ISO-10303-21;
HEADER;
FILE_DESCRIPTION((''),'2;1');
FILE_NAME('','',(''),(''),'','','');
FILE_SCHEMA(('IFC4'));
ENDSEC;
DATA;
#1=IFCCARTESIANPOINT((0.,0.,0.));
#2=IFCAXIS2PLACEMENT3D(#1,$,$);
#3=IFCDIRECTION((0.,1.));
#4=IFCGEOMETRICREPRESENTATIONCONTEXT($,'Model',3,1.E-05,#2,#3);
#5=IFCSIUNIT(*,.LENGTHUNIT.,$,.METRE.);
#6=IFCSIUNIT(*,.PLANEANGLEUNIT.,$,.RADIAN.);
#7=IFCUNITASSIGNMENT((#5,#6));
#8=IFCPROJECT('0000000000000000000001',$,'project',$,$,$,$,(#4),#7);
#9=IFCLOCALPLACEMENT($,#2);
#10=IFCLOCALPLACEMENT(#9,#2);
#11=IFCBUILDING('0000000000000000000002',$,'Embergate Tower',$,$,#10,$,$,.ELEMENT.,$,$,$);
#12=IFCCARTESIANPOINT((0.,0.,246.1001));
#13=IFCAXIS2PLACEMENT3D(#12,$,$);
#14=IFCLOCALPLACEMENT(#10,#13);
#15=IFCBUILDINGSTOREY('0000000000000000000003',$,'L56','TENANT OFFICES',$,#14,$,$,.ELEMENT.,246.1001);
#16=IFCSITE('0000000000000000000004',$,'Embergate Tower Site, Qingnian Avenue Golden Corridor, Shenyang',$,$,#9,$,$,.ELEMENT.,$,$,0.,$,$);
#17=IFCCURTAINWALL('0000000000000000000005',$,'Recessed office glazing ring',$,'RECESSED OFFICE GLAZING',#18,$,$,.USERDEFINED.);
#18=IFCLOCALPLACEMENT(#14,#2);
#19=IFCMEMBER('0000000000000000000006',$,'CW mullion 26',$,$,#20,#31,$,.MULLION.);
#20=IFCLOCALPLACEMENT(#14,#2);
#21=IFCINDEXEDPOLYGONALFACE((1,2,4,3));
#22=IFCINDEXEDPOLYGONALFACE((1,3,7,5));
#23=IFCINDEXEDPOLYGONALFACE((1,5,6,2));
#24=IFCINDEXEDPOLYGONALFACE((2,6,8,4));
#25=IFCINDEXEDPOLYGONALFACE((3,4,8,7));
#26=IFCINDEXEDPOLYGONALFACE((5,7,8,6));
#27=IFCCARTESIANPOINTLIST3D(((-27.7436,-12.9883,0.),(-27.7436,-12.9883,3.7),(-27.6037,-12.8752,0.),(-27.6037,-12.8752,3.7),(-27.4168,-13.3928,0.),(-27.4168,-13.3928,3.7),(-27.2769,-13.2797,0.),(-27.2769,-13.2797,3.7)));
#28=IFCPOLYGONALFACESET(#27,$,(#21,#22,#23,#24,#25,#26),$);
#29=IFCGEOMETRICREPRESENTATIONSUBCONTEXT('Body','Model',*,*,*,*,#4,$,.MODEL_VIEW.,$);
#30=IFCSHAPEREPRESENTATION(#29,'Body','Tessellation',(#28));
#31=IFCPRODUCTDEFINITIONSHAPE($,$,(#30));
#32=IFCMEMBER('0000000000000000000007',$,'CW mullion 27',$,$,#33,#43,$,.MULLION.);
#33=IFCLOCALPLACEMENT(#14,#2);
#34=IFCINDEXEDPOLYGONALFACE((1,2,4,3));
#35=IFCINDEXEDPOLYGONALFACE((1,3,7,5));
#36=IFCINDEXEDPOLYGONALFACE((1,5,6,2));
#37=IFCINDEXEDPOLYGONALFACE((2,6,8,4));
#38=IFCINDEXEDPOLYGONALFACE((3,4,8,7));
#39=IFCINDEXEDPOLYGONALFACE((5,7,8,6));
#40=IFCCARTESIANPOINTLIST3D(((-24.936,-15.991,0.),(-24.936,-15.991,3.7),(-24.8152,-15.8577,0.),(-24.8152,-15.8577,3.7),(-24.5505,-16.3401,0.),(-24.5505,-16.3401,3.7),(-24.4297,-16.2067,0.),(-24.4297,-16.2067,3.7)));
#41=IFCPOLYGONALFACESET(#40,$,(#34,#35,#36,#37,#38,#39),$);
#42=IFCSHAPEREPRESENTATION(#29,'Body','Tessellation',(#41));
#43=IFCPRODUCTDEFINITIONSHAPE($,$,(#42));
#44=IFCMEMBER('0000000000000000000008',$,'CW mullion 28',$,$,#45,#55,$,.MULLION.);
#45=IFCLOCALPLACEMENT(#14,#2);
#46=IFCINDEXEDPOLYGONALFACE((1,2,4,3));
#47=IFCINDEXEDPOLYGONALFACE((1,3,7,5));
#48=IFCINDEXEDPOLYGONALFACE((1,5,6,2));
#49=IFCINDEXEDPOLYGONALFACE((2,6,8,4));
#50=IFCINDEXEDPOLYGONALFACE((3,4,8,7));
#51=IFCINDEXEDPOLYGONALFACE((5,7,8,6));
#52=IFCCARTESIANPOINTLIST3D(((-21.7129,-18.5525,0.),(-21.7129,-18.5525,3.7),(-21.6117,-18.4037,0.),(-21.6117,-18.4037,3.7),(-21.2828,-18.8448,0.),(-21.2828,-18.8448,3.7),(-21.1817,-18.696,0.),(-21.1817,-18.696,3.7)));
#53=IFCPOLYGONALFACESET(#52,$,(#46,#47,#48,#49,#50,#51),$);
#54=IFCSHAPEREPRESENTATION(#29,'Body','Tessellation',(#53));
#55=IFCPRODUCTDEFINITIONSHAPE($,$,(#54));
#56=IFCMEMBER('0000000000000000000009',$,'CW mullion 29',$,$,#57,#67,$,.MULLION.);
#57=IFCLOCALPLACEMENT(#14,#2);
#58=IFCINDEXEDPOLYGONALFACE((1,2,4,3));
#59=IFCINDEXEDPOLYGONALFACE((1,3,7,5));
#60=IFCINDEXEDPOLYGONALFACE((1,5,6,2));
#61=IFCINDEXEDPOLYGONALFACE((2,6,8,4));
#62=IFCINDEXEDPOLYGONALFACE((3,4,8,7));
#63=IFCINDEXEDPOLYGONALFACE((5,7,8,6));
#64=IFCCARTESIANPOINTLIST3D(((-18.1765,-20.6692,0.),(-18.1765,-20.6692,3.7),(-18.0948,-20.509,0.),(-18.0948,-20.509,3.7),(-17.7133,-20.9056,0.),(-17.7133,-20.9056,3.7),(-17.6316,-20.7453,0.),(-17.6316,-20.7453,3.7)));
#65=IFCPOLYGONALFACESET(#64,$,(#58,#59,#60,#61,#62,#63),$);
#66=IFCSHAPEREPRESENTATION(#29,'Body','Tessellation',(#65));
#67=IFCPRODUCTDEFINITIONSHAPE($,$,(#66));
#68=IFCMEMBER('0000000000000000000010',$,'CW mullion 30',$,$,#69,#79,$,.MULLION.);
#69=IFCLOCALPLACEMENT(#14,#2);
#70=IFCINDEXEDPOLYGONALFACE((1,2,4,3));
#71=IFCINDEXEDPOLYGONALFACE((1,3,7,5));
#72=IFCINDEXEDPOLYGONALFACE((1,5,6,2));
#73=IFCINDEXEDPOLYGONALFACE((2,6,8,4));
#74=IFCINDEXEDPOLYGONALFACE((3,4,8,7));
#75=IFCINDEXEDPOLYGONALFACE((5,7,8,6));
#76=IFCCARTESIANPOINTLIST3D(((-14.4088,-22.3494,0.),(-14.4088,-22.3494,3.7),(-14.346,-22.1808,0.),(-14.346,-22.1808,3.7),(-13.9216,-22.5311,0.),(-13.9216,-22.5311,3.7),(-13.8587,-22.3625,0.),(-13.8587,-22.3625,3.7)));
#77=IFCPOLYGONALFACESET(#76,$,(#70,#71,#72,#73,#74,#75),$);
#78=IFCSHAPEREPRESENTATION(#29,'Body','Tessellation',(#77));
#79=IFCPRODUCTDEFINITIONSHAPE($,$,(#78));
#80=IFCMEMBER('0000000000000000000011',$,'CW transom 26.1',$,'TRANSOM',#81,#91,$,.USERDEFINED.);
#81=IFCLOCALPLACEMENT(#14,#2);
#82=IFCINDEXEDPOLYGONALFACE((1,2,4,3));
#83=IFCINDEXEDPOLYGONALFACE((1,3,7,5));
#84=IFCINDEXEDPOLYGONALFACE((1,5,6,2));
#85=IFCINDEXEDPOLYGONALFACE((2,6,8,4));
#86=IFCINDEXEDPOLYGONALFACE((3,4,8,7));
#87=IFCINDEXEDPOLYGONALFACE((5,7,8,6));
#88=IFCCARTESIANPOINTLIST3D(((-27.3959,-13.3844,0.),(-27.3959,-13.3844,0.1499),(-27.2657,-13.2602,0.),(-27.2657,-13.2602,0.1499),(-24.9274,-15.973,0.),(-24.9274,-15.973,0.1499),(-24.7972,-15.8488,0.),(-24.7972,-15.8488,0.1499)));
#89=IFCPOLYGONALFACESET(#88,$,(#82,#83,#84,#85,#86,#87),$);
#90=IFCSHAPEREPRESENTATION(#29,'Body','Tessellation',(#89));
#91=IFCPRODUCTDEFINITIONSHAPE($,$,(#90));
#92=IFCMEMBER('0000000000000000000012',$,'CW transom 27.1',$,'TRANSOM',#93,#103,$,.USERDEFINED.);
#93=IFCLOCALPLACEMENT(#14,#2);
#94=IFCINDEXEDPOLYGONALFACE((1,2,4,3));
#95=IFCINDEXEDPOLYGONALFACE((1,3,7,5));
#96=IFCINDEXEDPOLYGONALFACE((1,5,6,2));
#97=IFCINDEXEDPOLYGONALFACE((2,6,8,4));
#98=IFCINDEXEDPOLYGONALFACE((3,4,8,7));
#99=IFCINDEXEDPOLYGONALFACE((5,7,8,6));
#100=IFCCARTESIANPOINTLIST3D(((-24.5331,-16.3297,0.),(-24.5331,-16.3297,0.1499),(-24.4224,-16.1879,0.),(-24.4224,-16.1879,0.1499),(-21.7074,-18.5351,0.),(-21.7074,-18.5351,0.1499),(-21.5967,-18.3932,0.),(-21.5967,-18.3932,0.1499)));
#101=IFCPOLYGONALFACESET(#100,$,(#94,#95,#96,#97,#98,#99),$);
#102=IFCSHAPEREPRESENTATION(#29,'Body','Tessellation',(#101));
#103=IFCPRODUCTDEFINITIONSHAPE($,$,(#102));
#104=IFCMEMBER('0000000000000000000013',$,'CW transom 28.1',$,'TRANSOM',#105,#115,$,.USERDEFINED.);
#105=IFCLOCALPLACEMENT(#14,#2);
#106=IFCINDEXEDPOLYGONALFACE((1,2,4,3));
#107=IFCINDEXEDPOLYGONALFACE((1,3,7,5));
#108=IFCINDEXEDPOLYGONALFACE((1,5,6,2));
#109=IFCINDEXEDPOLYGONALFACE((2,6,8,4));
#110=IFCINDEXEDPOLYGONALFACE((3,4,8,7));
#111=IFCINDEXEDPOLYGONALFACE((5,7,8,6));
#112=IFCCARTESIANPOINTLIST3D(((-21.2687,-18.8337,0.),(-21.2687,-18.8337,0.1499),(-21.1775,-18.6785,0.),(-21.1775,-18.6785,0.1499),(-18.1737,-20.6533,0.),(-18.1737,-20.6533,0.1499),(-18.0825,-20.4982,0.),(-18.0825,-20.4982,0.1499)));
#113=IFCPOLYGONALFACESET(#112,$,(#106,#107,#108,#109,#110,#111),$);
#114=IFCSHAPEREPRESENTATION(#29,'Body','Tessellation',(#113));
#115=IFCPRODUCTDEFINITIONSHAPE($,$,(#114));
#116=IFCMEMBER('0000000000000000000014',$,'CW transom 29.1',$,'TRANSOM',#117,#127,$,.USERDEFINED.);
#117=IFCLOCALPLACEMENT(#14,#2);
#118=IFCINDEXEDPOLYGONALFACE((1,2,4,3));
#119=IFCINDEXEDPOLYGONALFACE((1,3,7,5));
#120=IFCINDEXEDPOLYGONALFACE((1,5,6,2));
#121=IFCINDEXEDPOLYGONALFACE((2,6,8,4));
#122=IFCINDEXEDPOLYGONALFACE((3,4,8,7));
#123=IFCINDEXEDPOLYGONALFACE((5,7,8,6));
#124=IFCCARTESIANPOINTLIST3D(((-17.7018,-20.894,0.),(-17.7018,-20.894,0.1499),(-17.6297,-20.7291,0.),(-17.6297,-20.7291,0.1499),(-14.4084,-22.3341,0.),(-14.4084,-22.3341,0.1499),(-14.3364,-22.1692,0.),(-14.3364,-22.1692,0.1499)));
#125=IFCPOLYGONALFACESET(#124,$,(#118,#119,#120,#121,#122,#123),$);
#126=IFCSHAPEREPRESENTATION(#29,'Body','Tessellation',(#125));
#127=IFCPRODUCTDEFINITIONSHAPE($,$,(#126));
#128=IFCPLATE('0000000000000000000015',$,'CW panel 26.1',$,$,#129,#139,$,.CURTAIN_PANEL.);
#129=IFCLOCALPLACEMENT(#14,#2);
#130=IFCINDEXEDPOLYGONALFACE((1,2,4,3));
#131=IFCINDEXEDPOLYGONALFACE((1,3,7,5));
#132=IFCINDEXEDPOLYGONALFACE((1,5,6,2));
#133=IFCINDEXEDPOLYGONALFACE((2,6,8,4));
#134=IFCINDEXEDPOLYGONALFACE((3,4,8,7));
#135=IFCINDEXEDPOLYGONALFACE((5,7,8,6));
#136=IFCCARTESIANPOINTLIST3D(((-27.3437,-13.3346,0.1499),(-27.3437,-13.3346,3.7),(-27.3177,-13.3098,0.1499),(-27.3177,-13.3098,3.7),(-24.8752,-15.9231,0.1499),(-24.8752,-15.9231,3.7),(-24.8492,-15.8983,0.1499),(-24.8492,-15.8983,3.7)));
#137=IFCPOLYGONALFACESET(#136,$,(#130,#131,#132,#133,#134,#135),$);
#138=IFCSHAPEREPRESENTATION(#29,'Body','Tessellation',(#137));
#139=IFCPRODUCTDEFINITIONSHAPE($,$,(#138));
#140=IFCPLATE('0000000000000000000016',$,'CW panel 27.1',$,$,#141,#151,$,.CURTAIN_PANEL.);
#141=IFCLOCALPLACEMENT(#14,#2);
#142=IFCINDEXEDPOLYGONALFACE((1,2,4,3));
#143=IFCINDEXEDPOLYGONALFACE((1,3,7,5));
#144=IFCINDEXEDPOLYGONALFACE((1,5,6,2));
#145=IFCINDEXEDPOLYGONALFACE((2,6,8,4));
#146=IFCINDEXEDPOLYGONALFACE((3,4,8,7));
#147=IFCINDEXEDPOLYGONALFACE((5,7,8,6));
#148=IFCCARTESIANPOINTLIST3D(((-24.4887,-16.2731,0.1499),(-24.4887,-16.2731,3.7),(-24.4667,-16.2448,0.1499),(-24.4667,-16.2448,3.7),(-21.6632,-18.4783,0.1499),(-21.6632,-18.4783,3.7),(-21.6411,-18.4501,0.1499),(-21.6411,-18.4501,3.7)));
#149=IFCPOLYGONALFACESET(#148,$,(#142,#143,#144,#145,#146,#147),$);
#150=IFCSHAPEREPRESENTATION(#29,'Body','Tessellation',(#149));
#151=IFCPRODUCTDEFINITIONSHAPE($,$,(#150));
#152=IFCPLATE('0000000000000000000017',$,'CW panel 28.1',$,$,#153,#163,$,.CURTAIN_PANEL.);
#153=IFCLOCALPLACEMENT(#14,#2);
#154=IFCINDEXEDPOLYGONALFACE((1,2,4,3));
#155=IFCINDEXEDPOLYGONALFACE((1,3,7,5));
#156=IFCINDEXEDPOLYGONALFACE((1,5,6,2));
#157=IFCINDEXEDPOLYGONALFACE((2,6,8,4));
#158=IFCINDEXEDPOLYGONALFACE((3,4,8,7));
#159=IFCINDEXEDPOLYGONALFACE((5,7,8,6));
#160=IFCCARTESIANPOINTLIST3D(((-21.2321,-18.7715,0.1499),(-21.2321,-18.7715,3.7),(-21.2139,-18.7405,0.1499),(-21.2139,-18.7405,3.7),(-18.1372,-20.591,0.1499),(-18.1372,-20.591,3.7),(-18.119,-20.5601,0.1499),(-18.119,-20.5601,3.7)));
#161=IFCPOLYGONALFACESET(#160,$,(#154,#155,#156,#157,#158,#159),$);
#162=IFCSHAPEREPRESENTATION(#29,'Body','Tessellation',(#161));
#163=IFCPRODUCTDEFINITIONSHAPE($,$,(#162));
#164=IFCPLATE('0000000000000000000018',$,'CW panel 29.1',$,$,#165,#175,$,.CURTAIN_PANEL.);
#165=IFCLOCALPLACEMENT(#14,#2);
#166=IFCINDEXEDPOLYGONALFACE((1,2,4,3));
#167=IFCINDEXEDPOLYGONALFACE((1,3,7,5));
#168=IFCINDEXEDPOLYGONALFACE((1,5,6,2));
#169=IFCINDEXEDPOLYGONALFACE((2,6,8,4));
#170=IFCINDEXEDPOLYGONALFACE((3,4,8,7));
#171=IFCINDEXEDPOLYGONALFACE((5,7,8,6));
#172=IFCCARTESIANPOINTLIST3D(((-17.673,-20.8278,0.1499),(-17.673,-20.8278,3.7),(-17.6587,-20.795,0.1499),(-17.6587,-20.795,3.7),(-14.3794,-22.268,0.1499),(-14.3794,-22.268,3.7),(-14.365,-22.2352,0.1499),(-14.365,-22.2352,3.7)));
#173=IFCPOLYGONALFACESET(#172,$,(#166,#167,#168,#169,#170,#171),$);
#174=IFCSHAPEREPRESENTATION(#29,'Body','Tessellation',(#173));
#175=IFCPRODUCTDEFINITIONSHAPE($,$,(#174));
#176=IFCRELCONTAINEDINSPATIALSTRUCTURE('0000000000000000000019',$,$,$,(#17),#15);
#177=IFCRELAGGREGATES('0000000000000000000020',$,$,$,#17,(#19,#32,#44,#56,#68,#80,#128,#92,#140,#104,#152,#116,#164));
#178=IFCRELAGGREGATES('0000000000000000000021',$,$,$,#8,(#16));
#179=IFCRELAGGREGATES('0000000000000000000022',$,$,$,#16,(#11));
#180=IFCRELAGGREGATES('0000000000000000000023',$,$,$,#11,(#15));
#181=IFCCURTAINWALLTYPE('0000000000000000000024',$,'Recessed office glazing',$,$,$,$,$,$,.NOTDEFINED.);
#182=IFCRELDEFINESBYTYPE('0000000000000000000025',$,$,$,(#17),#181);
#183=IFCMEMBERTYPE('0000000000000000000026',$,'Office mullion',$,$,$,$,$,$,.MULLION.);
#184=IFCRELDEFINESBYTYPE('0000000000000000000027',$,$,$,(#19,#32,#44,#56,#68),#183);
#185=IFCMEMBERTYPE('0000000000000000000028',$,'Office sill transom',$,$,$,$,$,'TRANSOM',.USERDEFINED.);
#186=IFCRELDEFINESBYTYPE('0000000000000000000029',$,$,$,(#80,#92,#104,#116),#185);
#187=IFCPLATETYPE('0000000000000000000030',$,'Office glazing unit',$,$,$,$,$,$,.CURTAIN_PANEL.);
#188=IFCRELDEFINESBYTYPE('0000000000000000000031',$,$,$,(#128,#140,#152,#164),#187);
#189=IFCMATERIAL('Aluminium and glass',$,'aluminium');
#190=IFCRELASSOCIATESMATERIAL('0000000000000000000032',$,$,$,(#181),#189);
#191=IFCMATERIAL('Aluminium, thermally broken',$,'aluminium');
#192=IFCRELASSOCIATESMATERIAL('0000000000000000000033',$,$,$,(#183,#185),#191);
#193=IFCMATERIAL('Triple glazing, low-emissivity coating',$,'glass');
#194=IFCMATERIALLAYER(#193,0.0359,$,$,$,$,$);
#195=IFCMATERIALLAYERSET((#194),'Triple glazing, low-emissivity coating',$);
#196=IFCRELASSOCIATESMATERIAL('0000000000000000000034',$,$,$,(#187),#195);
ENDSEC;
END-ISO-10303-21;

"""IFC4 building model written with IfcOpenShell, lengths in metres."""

from ifc_helpers import new_model, si_unit, direction, frame, origin, origin_2d, place, context, subcontext, project, spatial, rectangle, extrude, source, transform, mapped, material, layer, layer_set, material_profile, profile_set, type_object, element, aggregate, save


model = new_model("IFC4")

# Units and contexts
model_context = context("Model", 3, precision=1e-05, world=origin(), true_north=direction((0.0, 1.0)))
body_context = subcontext(model_context, "Body", "Model", "MODEL_VIEW")
ifc_project = project(units=[si_unit("LENGTHUNIT", "METRE"), si_unit("PLANEANGLEUNIT", "RADIAN")], contexts=[model_context])

# Site, building, storey
site_placement = place(None, origin())
site = spatial("IfcSite", under=ifc_project, at=site_placement, Name="Embergate Tower Site, Qingnian Avenue Golden Corridor, Shenyang", CompositionType="ELEMENT", RefElevation=0.0)
building_placement = place(site_placement, origin())
building = spatial("IfcBuilding", under=site, at=building_placement, Name="Embergate Tower", CompositionType="ELEMENT")
storey_placement = place(building_placement, frame((0.0, 0.0, 246.1001)))
storey = spatial("IfcBuildingStorey", under=building, at=storey_placement, Name="L56", Description="TENANT OFFICES", CompositionType="ELEMENT", Elevation=246.1001)

# Curtain wall, members, plates
ifc_material_1 = material(Name="Aluminium and glass", Category="aluminium")
curtain_wall_type = type_object("IfcCurtainWallType", Name="Recessed office glazing", PredefinedType="NOTDEFINED", material=ifc_material_1)
curtain_wall_placement = place(storey_placement, origin())
curtain_wall = element("IfcCurtainWall", 1, at=curtain_wall_placement, inside=storey, type_object=curtain_wall_type, Name="Recessed office glazing ring", ObjectType="RECESSED OFFICE GLAZING", PredefinedType="USERDEFINED")
ifc_material_2 = material(Name="Aluminium, thermally broken", Category="aluminium")
ifc_material_profile_1 = material_profile(ifc_material_2, rectangle(XDim=0.1799, YDim=0.52, at=origin_2d()), Name="AL 520x180")
ifc_profile_set_1 = profile_set([ifc_material_profile_1], Name="Aluminium, thermally broken")
member_type_1 = type_object("IfcMemberType", Name="Office mullion", PredefinedType="MULLION", material=ifc_profile_set_1)
shared_shape_1 = source(origin(), body_context, "Body", "SweptSolid", [
    extrude(rectangle(XDim=0.1799, YDim=0.52, at=origin_2d()), origin(), (0.0, 0.0, 1.0), 3.7),
])
member_1_placement = place(storey_placement, frame((-27.5103, -13.134, 0.0), z_axis=(0.0, 0.0, 1.0), x_axis=(0.777868, 0.628427, 0.0)))
member_1 = element("IfcMember", 2, at=member_1_placement, type_object=member_type_1, Name="CW mullion 26", PredefinedType="MULLION", context=body_context, shape_type="MappedRepresentation", body=[
    mapped(shared_shape_1, transform((0.0, 0.0, 0.0))),
])
member_2_placement = place(storey_placement, frame((-24.6829, -16.0989, 0.0), z_axis=(0.0, 0.0, 1.0), x_axis=(0.671224, 0.741255, 0.0)))
member_2 = element("IfcMember", 3, at=member_2_placement, type_object=member_type_1, Name="CW mullion 27", PredefinedType="MULLION", context=body_context, shape_type="MappedRepresentation", body=[
    mapped(shared_shape_1, transform((0.0, 0.0, 0.0))),
])
member_3_placement = place(storey_placement, frame((-21.4473, -18.6243, 0.0), z_axis=(0.0, 0.0, 1.0), x_axis=(0.562215, 0.826991, 0.0)))
member_3 = element("IfcMember", 4, at=member_3_placement, type_object=member_type_1, Name="CW mullion 28", PredefinedType="MULLION", context=body_context, shape_type="MappedRepresentation", body=[
    mapped(shared_shape_1, transform((0.0, 0.0, 0.0))),
])
member_4_placement = place(storey_placement, frame((-17.9041, -20.7073, 0.0), z_axis=(0.0, 0.0, 1.0), x_axis=(0.45451, 0.890742, 0.0)))
member_4 = element("IfcMember", 5, at=member_4_placement, type_object=member_type_1, Name="CW mullion 29", PredefinedType="MULLION", context=body_context, shape_type="MappedRepresentation", body=[
    mapped(shared_shape_1, transform((0.0, 0.0, 0.0))),
])
member_5_placement = place(storey_placement, frame((-14.1338, -22.356, 0.0), z_axis=(0.0, 0.0, 1.0), x_axis=(0.349503, 0.936935, 0.0)))
member_5 = element("IfcMember", 6, at=member_5_placement, type_object=member_type_1, Name="CW mullion 30", PredefinedType="MULLION", context=body_context, shape_type="MappedRepresentation", body=[
    mapped(shared_shape_1, transform((0.0, 0.0, 0.0))),
])
ifc_material_profile_2 = material_profile(ifc_material_2, rectangle(XDim=0.1799, YDim=0.1499, at=origin_2d()), Name="AL 150x180")
ifc_profile_set_2 = profile_set([ifc_material_profile_2], Name="Aluminium, thermally broken")
member_type_2 = type_object("IfcMemberType", Name="Office sill transom", ElementType="TRANSOM", PredefinedType="USERDEFINED", material=ifc_profile_set_2)
shared_shape_2 = source(origin(), body_context, "Body", "SweptSolid", [
    extrude(rectangle(XDim=0.1799, YDim=0.1499, at=origin_2d()), origin(), (0.0, 0.0, 1.0), 3.5769),
])
member_6_placement = place(storey_placement, frame((-27.3308, -13.3223, 0.075), z_axis=(0.690117, -0.723698, 0.0), x_axis=(0.723698, 0.690117, 0.0)))
member_6 = element("IfcMember", 7, at=member_6_placement, type_object=member_type_2, Name="CW transom 26.1", ObjectType="TRANSOM", PredefinedType="USERDEFINED", context=body_context, shape_type="MappedRepresentation", body=[
    mapped(shared_shape_2, transform((0.0, 0.0, 0.0))),
])
shared_shape_3 = source(origin(), body_context, "Body", "SweptSolid", [
    extrude(rectangle(XDim=0.1799, YDim=0.1499, at=origin_2d()), origin(), (0.0, 0.0, 1.0), 3.5845),
])
member_7_placement = place(storey_placement, frame((-24.4778, -16.2588, 0.075), z_axis=(0.788328, -0.615255, 0.0), x_axis=(0.615255, 0.788328, 0.0)))
member_7 = element("IfcMember", 8, at=member_7_placement, type_object=member_type_2, Name="CW transom 27.1", ObjectType="TRANSOM", PredefinedType="USERDEFINED", context=body_context, shape_type="MappedRepresentation", body=[
    mapped(shared_shape_3, transform((0.0, 0.0, 0.0))),
])
shared_shape_4 = source(origin(), body_context, "Body", "SweptSolid", [
    extrude(rectangle(XDim=0.1799, YDim=0.1499, at=origin_2d()), origin(), (0.0, 0.0, 1.0), 3.5903),
])
member_8_placement = place(storey_placement, frame((-21.2231, -18.7561, 0.075), z_axis=(0.862055, -0.506815, 0.0), x_axis=(0.506815, 0.862055, 0.0)))
member_8 = element("IfcMember", 9, at=member_8_placement, type_object=member_type_2, Name="CW transom 28.1", ObjectType="TRANSOM", PredefinedType="USERDEFINED", context=body_context, shape_type="MappedRepresentation", body=[
    mapped(shared_shape_4, transform((0.0, 0.0, 0.0))),
])
shared_shape_5 = source(origin(), body_context, "Body", "SweptSolid", [
    extrude(rectangle(XDim=0.1799, YDim=0.1499, at=origin_2d()), origin(), (0.0, 0.0, 1.0), 3.5945),
])
member_9_placement = place(storey_placement, frame((-17.6658, -20.8115, 0.075), z_axis=(0.916229, -0.400655, 0.0), x_axis=(0.400655, 0.916229, 0.0)))
member_9 = element("IfcMember", 10, at=member_9_placement, type_object=member_type_2, Name="CW transom 29.1", ObjectType="TRANSOM", PredefinedType="USERDEFINED", context=body_context, shape_type="MappedRepresentation", body=[
    mapped(shared_shape_5, transform((0.0, 0.0, 0.0))),
])
ifc_material_3 = material(Name="Triple glazing, low-emissivity coating", Category="glass")
ifc_layer_1 = layer(ifc_material_3, 0.0359)
ifc_layer_set_1 = layer_set([ifc_layer_1], Name="Triple glazing, low-emissivity coating")
plate_type = type_object("IfcPlateType", Name="Office glazing unit", PredefinedType="CURTAIN_PANEL", material=ifc_layer_set_1)
shared_shape_6 = source(origin(), body_context, "Body", "SweptSolid", [
    extrude(rectangle(XDim=3.5769, YDim=0.0359, at=origin_2d()), origin(), (0.0, 0.0, 1.0), 3.55),
])
plate_1_placement = place(storey_placement, frame((-26.0964, -14.6165, 0.1499), z_axis=(0.0, 0.0, 1.0), x_axis=(0.690134, -0.723682, 0.0)))
plate_1 = element("IfcPlate", 11, at=plate_1_placement, type_object=plate_type, Name="CW panel 26.1", PredefinedType="CURTAIN_PANEL", context=body_context, shape_type="MappedRepresentation", body=[
    mapped(shared_shape_6, transform((0.0, 0.0, 0.0))),
])
shared_shape_7 = source(origin(), body_context, "Body", "SweptSolid", [
    extrude(rectangle(XDim=3.5842, YDim=0.0359, at=origin_2d()), origin(), (0.0, 0.0, 1.0), 3.55),
])
plate_2_placement = place(storey_placement, frame((-23.0649, -17.3616, 0.1499), z_axis=(0.0, 0.0, 1.0), x_axis=(0.788319, -0.615267, 0.0)))
plate_2 = element("IfcPlate", 12, at=plate_2_placement, type_object=plate_type, Name="CW panel 27.1", PredefinedType="CURTAIN_PANEL", context=body_context, shape_type="MappedRepresentation", body=[
    mapped(shared_shape_7, transform((0.0, 0.0, 0.0))),
])
shared_shape_8 = source(origin(), body_context, "Body", "SweptSolid", [
    extrude(rectangle(XDim=3.5901, YDim=0.0359, at=origin_2d()), origin(), (0.0, 0.0, 1.0), 3.55),
])
plate_3_placement = place(storey_placement, frame((-19.6755, -19.6658, 0.1499), z_axis=(0.0, 0.0, 1.0), x_axis=(0.862051, -0.506821, 0.0)))
plate_3 = element("IfcPlate", 13, at=plate_3_placement, type_object=plate_type, Name="CW panel 28.1", PredefinedType="CURTAIN_PANEL", context=body_context, shape_type="MappedRepresentation", body=[
    mapped(shared_shape_8, transform((0.0, 0.0, 0.0))),
])
shared_shape_9 = source(origin(), body_context, "Body", "SweptSolid", [
    extrude(rectangle(XDim=3.5947, YDim=0.0359, at=origin_2d()), origin(), (0.0, 0.0, 1.0), 3.55),
])
plate_4_placement = place(storey_placement, frame((-16.019, -21.5315, 0.1499), z_axis=(0.0, 0.0, 1.0), x_axis=(0.916235, -0.400642, 0.0)))
plate_4 = element("IfcPlate", 14, at=plate_4_placement, type_object=plate_type, Name="CW panel 29.1", PredefinedType="CURTAIN_PANEL", context=body_context, shape_type="MappedRepresentation", body=[
    mapped(shared_shape_9, transform((0.0, 0.0, 0.0))),
])
aggregate(curtain_wall, [member_1, member_2, member_3, member_4, member_5, member_6, plate_1, member_7, plate_2, member_8, plate_3, member_9, plate_4])

save(model, "model.ifc")
